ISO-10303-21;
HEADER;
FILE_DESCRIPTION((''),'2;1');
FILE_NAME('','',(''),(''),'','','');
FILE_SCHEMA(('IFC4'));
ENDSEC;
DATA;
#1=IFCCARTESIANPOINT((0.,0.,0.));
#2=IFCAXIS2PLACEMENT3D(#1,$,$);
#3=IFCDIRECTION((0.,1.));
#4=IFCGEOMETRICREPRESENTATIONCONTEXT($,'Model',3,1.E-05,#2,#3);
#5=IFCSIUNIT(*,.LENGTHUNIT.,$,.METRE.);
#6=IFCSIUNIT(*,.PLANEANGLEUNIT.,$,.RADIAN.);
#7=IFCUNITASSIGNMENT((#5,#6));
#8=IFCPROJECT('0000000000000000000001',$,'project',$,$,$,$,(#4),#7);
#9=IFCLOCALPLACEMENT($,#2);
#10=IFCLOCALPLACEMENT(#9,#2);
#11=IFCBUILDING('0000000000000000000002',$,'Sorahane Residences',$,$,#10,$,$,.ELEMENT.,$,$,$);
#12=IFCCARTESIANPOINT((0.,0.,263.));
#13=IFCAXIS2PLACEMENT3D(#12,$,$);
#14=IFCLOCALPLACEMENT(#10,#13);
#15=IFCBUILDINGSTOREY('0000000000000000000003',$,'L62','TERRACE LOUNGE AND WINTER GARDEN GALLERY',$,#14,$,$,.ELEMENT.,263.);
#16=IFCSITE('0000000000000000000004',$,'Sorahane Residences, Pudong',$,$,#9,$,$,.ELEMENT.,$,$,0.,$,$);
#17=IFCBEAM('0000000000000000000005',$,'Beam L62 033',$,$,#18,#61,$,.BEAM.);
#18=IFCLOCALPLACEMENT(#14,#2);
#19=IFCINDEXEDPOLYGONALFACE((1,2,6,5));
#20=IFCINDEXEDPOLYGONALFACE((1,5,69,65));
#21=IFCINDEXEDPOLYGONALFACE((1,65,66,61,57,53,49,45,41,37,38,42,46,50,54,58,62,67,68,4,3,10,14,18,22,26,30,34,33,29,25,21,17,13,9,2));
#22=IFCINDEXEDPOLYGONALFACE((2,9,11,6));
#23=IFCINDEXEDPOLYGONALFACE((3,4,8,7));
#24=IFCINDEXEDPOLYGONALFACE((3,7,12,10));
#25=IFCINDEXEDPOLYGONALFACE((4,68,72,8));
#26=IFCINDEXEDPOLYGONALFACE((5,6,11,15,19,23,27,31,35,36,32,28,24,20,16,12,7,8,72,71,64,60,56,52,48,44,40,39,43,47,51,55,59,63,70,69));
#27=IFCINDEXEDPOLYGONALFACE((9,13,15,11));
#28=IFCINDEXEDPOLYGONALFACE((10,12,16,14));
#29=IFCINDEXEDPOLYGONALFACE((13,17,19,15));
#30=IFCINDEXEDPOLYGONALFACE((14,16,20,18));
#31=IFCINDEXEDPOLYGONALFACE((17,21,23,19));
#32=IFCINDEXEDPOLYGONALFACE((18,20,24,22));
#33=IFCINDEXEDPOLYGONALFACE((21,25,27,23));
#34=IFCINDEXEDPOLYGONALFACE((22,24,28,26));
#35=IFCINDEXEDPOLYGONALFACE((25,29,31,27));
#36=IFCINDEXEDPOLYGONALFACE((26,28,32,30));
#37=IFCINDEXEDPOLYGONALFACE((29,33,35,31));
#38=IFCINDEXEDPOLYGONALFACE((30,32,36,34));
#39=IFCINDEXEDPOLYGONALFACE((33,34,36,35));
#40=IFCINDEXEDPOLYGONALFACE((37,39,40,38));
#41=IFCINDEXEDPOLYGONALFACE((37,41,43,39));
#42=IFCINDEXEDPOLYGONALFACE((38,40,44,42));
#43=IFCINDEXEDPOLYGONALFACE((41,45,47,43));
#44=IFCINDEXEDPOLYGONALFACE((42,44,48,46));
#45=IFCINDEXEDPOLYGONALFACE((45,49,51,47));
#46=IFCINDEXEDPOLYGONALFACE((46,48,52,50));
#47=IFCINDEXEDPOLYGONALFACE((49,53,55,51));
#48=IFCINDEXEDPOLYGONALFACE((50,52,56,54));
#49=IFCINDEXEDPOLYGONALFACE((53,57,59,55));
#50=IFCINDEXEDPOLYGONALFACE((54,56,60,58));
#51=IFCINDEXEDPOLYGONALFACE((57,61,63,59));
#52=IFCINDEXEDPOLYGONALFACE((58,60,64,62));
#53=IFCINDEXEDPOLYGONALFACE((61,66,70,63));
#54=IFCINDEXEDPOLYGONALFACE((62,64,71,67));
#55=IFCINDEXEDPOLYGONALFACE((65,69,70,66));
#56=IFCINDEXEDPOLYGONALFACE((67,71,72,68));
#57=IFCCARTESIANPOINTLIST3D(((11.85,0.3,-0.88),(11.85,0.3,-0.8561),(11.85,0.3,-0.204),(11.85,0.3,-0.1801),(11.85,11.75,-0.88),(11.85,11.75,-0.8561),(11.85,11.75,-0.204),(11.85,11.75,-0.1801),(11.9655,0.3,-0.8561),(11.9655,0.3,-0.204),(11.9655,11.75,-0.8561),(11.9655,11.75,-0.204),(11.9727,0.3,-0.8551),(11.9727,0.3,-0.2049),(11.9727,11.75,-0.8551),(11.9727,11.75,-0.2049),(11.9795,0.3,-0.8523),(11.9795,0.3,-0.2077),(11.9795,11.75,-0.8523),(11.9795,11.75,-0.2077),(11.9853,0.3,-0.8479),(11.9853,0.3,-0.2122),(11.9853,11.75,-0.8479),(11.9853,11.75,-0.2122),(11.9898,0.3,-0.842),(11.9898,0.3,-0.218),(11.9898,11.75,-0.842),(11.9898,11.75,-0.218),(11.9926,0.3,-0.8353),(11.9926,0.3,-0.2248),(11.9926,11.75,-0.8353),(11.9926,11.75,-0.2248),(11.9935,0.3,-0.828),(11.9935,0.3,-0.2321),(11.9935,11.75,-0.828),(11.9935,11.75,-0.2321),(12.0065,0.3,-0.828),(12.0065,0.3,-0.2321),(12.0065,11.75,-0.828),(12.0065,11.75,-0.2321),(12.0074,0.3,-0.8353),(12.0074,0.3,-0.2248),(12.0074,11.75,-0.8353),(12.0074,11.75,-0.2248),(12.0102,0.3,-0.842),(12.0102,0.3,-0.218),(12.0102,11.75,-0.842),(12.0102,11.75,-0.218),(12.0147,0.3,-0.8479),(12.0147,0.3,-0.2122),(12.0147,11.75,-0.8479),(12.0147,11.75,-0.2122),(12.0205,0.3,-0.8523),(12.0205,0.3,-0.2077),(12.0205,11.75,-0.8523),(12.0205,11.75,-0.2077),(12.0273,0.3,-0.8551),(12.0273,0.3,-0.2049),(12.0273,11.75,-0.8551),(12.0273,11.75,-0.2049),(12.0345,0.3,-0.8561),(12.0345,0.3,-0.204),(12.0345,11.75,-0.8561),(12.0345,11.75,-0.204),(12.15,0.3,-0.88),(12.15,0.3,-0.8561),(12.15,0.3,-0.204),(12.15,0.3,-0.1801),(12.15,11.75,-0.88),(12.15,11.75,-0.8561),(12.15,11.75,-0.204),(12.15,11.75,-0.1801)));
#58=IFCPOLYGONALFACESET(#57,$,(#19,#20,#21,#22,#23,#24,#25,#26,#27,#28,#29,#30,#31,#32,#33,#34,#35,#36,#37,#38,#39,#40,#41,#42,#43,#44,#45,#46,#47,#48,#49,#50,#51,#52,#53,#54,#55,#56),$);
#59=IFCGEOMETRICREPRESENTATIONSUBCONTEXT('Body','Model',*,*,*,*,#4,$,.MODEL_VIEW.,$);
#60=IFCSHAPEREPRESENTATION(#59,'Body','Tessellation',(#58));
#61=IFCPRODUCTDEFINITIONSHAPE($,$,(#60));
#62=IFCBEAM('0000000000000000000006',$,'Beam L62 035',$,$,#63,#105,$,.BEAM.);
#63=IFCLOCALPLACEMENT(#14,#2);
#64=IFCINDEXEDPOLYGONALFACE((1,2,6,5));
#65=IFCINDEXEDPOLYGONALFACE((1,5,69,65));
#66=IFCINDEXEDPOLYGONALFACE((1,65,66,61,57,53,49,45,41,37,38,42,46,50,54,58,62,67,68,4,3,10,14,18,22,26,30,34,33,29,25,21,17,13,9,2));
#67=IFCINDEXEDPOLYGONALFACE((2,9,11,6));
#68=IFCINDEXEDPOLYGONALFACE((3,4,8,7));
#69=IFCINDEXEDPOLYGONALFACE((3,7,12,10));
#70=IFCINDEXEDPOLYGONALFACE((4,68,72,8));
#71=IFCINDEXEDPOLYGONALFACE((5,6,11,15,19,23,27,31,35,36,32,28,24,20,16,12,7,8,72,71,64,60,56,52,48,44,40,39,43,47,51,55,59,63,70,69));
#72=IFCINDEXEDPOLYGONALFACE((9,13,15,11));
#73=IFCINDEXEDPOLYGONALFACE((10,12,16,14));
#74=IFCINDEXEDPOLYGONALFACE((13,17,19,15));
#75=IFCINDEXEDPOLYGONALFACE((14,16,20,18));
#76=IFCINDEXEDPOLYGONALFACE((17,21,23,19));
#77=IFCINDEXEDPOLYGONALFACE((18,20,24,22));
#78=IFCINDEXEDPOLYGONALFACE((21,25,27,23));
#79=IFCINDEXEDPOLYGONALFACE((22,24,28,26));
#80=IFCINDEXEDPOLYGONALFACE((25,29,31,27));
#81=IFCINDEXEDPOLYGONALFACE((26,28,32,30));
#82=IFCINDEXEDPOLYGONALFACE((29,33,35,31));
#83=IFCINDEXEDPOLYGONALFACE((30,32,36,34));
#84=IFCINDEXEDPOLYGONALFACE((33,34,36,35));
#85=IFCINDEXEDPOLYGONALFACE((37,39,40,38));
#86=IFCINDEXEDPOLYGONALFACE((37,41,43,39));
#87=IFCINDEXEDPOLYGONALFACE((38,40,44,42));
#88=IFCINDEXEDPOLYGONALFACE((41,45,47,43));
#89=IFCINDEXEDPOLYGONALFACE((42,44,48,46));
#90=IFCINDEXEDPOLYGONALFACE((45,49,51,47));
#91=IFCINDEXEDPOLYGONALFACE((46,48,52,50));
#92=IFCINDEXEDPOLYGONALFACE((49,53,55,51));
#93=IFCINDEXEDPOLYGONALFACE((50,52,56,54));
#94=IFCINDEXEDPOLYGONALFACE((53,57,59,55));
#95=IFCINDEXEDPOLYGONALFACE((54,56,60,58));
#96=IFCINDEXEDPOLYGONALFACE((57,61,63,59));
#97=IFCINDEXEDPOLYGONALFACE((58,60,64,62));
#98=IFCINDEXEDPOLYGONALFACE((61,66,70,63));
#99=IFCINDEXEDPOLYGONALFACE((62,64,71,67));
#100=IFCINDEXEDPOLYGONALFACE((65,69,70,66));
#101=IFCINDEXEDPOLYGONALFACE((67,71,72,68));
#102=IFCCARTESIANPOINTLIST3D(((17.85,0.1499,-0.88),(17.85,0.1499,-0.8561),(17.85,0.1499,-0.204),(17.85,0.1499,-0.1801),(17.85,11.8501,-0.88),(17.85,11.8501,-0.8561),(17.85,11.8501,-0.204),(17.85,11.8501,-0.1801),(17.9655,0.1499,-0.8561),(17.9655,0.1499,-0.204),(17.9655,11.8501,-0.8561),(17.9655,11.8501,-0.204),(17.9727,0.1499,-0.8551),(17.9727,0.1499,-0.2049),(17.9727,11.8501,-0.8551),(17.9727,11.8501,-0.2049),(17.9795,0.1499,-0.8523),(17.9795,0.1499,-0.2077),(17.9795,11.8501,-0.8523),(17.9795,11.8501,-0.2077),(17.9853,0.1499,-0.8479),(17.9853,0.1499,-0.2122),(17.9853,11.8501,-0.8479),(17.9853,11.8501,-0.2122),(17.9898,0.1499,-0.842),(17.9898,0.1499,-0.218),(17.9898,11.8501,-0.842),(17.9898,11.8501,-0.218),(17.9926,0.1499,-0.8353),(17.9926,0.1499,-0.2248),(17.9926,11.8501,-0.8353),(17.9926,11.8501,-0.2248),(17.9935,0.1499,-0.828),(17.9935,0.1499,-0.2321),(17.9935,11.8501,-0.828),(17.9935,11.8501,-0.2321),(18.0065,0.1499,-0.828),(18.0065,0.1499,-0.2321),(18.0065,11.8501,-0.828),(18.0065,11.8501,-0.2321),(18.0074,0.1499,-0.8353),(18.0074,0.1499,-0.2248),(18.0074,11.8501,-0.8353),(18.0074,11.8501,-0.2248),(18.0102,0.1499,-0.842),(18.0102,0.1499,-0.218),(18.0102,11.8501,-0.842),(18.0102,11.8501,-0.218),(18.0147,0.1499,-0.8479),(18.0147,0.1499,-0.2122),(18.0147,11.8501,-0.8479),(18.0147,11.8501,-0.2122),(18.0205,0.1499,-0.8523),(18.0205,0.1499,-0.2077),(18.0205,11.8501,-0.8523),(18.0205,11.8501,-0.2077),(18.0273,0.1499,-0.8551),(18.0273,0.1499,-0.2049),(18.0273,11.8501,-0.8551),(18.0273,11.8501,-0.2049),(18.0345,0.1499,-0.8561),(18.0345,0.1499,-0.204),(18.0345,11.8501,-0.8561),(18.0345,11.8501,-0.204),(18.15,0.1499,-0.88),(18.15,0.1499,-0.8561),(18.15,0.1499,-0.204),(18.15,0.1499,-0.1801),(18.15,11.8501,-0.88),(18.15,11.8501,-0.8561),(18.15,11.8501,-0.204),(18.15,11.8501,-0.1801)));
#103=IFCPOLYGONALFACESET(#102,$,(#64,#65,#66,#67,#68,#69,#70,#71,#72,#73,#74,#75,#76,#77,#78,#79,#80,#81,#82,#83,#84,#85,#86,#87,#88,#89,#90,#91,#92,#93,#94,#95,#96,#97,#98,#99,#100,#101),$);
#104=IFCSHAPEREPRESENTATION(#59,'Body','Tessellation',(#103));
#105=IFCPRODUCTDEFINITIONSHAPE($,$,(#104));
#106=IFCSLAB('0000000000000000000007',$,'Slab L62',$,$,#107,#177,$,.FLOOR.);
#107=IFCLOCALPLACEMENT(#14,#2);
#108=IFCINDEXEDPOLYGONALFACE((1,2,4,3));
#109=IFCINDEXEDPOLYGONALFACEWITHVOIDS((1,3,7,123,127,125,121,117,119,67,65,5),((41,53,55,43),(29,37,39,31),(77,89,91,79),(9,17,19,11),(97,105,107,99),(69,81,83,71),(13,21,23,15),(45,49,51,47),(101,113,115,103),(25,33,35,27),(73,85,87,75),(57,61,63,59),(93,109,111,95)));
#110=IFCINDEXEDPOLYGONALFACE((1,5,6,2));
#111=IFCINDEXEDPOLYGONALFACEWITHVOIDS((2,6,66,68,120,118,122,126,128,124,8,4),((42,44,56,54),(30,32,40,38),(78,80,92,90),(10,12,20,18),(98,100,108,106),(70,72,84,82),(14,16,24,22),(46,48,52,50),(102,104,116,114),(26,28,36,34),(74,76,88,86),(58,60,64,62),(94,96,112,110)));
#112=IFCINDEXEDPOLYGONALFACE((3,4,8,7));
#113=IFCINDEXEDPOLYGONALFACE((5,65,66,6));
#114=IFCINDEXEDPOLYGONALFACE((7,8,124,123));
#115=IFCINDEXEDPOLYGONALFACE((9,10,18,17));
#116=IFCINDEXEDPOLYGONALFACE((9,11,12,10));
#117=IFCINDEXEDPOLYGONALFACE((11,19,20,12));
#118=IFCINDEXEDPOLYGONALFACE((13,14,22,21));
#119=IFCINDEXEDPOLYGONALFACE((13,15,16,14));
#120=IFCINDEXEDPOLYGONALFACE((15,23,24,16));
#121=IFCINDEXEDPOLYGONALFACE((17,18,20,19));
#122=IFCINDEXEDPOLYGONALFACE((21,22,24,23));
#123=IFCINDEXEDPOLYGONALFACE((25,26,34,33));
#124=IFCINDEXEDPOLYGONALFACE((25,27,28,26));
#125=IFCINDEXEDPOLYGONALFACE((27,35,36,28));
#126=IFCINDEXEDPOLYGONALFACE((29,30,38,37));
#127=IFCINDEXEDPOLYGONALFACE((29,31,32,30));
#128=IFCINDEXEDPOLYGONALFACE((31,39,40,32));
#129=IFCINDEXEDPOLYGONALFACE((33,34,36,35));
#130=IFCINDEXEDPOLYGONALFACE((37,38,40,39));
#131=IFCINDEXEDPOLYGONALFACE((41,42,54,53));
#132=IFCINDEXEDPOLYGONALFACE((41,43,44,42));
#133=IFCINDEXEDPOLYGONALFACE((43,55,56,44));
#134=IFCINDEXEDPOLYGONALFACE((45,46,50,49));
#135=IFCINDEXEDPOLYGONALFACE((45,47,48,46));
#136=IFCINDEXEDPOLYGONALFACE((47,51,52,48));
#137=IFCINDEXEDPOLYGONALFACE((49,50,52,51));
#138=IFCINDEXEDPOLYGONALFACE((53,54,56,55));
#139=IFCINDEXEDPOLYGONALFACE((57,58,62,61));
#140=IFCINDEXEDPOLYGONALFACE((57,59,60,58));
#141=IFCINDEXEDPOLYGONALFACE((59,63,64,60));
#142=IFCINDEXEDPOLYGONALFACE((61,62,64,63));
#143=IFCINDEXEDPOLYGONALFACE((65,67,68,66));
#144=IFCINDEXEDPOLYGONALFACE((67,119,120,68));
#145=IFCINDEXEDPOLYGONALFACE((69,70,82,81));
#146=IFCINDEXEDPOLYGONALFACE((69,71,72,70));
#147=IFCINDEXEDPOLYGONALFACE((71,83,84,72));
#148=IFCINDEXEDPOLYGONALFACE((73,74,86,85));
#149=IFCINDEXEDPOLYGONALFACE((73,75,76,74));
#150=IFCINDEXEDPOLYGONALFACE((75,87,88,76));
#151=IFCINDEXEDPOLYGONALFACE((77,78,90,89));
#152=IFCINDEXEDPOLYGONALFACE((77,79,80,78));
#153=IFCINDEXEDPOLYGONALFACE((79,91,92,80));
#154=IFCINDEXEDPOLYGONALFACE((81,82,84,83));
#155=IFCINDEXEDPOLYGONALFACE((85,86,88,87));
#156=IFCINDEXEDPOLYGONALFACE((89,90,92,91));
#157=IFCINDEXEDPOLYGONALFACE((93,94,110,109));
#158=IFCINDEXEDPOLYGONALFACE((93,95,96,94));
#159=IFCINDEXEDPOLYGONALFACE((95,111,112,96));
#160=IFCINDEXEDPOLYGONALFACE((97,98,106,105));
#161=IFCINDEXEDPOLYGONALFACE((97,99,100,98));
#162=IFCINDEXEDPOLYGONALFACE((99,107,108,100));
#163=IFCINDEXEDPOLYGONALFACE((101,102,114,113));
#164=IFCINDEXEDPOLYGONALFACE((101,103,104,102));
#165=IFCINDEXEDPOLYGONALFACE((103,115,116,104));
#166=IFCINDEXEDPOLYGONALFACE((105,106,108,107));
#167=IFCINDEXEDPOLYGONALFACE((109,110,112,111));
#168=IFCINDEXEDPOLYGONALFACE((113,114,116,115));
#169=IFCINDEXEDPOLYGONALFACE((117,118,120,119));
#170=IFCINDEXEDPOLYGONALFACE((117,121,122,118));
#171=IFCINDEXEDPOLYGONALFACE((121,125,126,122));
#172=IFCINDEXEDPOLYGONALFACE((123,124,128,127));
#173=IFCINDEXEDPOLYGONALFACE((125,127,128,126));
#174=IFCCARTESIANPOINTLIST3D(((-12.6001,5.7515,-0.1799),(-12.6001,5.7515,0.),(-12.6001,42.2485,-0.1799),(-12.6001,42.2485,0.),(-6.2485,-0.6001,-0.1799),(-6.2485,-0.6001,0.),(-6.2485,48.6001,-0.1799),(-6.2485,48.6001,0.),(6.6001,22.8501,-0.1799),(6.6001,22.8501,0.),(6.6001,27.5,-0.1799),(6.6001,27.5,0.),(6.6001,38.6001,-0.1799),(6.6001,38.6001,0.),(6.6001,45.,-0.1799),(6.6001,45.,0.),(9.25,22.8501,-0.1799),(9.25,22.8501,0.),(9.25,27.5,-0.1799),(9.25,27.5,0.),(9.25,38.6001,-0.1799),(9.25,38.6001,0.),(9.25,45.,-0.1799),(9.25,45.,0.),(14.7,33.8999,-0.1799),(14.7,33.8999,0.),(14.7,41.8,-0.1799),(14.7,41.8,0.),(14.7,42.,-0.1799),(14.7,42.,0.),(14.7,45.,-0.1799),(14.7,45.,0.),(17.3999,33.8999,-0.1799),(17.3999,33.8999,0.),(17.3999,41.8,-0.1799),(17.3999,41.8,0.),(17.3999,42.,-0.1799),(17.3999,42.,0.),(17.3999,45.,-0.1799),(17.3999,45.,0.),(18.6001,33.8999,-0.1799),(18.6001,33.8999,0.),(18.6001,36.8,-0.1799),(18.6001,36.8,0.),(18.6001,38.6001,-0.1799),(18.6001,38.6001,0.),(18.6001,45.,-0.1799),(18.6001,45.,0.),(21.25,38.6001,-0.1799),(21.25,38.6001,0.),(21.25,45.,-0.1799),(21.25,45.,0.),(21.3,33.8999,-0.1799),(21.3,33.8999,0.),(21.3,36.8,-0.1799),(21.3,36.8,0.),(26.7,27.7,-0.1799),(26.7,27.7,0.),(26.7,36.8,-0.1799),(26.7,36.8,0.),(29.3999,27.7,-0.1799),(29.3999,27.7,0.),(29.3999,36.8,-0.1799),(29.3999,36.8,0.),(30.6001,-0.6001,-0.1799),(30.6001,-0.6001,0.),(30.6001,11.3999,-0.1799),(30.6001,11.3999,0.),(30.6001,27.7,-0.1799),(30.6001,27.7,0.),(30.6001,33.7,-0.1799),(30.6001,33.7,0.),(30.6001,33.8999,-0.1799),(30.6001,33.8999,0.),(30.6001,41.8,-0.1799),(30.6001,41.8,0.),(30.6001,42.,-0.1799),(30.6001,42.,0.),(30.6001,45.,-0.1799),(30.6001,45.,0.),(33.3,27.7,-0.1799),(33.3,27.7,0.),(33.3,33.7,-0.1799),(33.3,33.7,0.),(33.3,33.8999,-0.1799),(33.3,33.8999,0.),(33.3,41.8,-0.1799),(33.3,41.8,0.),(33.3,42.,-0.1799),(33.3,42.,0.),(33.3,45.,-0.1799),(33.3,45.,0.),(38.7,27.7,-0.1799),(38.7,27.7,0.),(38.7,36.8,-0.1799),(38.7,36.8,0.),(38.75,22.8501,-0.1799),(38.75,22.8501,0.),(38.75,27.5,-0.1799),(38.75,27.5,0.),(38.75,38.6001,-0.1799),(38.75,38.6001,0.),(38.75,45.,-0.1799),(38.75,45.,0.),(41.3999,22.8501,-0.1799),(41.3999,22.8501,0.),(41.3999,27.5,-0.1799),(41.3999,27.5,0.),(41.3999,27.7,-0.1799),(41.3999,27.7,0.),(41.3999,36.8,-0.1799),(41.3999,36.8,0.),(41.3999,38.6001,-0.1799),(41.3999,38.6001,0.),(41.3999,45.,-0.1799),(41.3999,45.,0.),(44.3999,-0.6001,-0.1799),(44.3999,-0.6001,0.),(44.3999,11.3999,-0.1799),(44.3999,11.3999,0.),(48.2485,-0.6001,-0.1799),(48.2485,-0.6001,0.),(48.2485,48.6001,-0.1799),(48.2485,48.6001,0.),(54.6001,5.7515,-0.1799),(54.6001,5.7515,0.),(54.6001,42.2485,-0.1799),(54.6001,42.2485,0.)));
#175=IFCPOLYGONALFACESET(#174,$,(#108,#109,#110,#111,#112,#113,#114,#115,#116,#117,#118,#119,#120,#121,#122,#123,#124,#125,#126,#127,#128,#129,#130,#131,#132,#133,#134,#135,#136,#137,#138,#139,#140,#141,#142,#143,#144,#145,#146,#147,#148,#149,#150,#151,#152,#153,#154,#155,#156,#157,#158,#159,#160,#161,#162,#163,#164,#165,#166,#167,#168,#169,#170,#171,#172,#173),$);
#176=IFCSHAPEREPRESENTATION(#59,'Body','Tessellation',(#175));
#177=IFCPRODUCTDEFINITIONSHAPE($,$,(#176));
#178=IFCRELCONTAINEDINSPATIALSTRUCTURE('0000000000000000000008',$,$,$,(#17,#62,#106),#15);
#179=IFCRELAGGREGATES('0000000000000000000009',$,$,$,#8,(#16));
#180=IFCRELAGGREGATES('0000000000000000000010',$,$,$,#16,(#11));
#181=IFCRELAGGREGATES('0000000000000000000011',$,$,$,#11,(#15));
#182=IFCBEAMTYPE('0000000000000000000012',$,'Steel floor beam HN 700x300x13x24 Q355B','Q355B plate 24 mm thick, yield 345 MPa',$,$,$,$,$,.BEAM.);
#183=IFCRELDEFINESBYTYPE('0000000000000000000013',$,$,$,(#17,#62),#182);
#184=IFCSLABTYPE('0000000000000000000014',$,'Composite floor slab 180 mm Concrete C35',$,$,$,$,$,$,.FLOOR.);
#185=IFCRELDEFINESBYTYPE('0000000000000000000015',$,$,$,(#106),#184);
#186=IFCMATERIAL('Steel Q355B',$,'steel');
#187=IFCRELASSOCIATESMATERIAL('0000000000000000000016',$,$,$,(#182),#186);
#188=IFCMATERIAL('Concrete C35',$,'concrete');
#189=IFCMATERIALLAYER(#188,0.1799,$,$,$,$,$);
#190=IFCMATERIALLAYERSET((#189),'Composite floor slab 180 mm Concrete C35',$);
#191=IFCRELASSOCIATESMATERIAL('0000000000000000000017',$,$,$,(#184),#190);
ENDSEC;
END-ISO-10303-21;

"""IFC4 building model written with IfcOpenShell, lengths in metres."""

from ifc_helpers import new_model, si_unit, direction, frame, origin, origin_2d, place, context, subcontext, project, spatial, polyline, i_section, outline, extrude, material, layer, layer_set, material_profile, profile_set, type_object, element, save


model = new_model("IFC4")

# Units and contexts
model_context = context("Model", 3, precision=1e-05, world=origin(), true_north=direction((0.0, 1.0)))
body_context = subcontext(model_context, "Body", "Model", "MODEL_VIEW")
ifc_project = project(units=[si_unit("LENGTHUNIT", "METRE"), si_unit("PLANEANGLEUNIT", "RADIAN")], contexts=[model_context])

# Site, building, storey
site_placement = place(None, origin())
site = spatial("IfcSite", under=ifc_project, at=site_placement, Name="Sorahane Residences, Pudong", CompositionType="ELEMENT", RefElevation=0.0)
building_placement = place(site_placement, origin())
building = spatial("IfcBuilding", under=site, at=building_placement, Name="Sorahane Residences", CompositionType="ELEMENT")
storey_placement = place(building_placement, frame((0.0, 0.0, 263.0)))
storey = spatial("IfcBuildingStorey", under=building, at=storey_placement, Name="L62", Description="TERRACE LOUNGE AND WINTER GARDEN GALLERY", CompositionType="ELEMENT", Elevation=263.0)

# Beams
ifc_material_1 = material(Name="Steel Q355B", Category="steel")
ifc_material_profile_1 = material_profile(ifc_material_1, i_section(OverallWidth=0.3, OverallDepth=0.7, WebThickness=0.0129, FlangeThickness=0.0239, FilletRadius=0.0281, at=origin_2d()), Name="HN 700x300x13x24")
ifc_profile_set_1 = profile_set([ifc_material_profile_1], Name="Steel Q355B")
beam_type_1 = type_object("IfcBeamType", Name="Steel floor beam HN 700x300x13x24 Q355B", Description="Q355B plate 24 mm thick, yield 345 MPa", PredefinedType="BEAM", material=ifc_profile_set_1)
beam_1_placement = place(storey_placement, frame((12.0, 0.3, -0.53), z_axis=(0.0, 1.0, 0.0), x_axis=(-1.0, 0.0, 0.0)))
element("IfcBeam", 1, at=beam_1_placement, inside=storey, type_object=beam_type_1, Name="Beam L62 033", PredefinedType="BEAM", context=body_context, shape_type="SweptSolid", body=[
    extrude(i_section(OverallWidth=0.3, OverallDepth=0.7, WebThickness=0.0129, FlangeThickness=0.0239, FilletRadius=0.0281, at=origin_2d()), origin(), (0.0, 0.0, 1.0), 11.45),
])
beam_2_placement = place(storey_placement, frame((18.0, 0.1499, -0.53), z_axis=(0.0, 1.0, 0.0), x_axis=(-1.0, 0.0, 0.0)))
element("IfcBeam", 2, at=beam_2_placement, inside=storey, type_object=beam_type_1, Name="Beam L62 035", PredefinedType="BEAM", context=body_context, shape_type="SweptSolid", body=[
    extrude(i_section(OverallWidth=0.3, OverallDepth=0.7, WebThickness=0.0129, FlangeThickness=0.0239, FilletRadius=0.0281, at=origin_2d()), origin(), (0.0, 0.0, 1.0), 11.7002),
])

# Slab
ifc_material_2 = material(Name="Concrete C35", Category="concrete")
ifc_layer_1 = layer(ifc_material_2, 0.1799)
ifc_layer_set_1 = layer_set([ifc_layer_1], Name="Composite floor slab 180 mm Concrete C35")
slab_type_1 = type_object("IfcSlabType", Name="Composite floor slab 180 mm Concrete C35", PredefinedType="FLOOR", material=ifc_layer_set_1)
slab_1_placement = place(storey_placement, frame((0.0, 0.0, -0.1799)))
element("IfcSlab", 3, at=slab_1_placement, inside=storey, type_object=slab_type_1, Name="Slab L62", PredefinedType="FLOOR", context=body_context, shape_type="SweptSolid", body=[
    extrude(outline(polyline([(-6.2485, -0.6001), (-12.6001, 5.7515), (-12.6001, 42.2485), (-6.2485, 48.6001), (48.2485, 48.6001), (54.6001, 42.2485), (54.6001, 5.7515), (48.2485, -0.6001), (44.3999, -0.6001), (44.3999, 11.3999), (30.6001, 11.3999), (30.6001, -0.6001), (-6.2485, -0.6001)]), holes=[polyline([(38.7, 27.7), (41.3999, 27.7), (41.3999, 36.8), (38.7, 36.8), (38.7, 27.7)]), polyline([(30.6001, 27.7), (33.3, 27.7), (33.3, 33.7), (30.6001, 33.7), (30.6001, 27.7)]), polyline([(30.6001, 42.0), (33.3, 42.0), (33.3, 45.0), (30.6001, 45.0), (30.6001, 42.0)]), polyline([(14.7, 42.0), (17.3999, 42.0), (17.3999, 45.0), (14.7, 45.0), (14.7, 42.0)]), polyline([(9.25, 38.6001), (9.25, 45.0), (6.6001, 45.0), (6.6001, 38.6001), (9.25, 38.6001)]), polyline([(41.3999, 38.6001), (41.3999, 45.0), (38.75, 45.0), (38.75, 38.6001), (41.3999, 38.6001)]), polyline([(21.25, 38.6001), (21.25, 45.0), (18.6001, 45.0), (18.6001, 38.6001), (21.25, 38.6001)]), polyline([(9.25, 22.8501), (9.25, 27.5), (6.6001, 27.5), (6.6001, 22.8501), (9.25, 22.8501)]), polyline([(41.3999, 22.8501), (41.3999, 27.5), (38.75, 27.5), (38.75, 22.8501), (41.3999, 22.8501)]), polyline([(14.7, 33.8999), (17.3999, 33.8999), (17.3999, 41.8), (14.7, 41.8), (14.7, 33.8999)]), polyline([(30.6001, 33.8999), (33.3, 33.8999), (33.3, 41.8), (30.6001, 41.8), (30.6001, 33.8999)]), polyline([(18.6001, 33.8999), (21.3, 33.8999), (21.3, 36.8), (18.6001, 36.8), (18.6001, 33.8999)]), polyline([(26.7, 27.7), (29.3999, 27.7), (29.3999, 36.8), (26.7, 36.8), (26.7, 27.7)])]), origin(), (0.0, 0.0, 1.0), 0.1799),
])

save(model, "model.ifc")
